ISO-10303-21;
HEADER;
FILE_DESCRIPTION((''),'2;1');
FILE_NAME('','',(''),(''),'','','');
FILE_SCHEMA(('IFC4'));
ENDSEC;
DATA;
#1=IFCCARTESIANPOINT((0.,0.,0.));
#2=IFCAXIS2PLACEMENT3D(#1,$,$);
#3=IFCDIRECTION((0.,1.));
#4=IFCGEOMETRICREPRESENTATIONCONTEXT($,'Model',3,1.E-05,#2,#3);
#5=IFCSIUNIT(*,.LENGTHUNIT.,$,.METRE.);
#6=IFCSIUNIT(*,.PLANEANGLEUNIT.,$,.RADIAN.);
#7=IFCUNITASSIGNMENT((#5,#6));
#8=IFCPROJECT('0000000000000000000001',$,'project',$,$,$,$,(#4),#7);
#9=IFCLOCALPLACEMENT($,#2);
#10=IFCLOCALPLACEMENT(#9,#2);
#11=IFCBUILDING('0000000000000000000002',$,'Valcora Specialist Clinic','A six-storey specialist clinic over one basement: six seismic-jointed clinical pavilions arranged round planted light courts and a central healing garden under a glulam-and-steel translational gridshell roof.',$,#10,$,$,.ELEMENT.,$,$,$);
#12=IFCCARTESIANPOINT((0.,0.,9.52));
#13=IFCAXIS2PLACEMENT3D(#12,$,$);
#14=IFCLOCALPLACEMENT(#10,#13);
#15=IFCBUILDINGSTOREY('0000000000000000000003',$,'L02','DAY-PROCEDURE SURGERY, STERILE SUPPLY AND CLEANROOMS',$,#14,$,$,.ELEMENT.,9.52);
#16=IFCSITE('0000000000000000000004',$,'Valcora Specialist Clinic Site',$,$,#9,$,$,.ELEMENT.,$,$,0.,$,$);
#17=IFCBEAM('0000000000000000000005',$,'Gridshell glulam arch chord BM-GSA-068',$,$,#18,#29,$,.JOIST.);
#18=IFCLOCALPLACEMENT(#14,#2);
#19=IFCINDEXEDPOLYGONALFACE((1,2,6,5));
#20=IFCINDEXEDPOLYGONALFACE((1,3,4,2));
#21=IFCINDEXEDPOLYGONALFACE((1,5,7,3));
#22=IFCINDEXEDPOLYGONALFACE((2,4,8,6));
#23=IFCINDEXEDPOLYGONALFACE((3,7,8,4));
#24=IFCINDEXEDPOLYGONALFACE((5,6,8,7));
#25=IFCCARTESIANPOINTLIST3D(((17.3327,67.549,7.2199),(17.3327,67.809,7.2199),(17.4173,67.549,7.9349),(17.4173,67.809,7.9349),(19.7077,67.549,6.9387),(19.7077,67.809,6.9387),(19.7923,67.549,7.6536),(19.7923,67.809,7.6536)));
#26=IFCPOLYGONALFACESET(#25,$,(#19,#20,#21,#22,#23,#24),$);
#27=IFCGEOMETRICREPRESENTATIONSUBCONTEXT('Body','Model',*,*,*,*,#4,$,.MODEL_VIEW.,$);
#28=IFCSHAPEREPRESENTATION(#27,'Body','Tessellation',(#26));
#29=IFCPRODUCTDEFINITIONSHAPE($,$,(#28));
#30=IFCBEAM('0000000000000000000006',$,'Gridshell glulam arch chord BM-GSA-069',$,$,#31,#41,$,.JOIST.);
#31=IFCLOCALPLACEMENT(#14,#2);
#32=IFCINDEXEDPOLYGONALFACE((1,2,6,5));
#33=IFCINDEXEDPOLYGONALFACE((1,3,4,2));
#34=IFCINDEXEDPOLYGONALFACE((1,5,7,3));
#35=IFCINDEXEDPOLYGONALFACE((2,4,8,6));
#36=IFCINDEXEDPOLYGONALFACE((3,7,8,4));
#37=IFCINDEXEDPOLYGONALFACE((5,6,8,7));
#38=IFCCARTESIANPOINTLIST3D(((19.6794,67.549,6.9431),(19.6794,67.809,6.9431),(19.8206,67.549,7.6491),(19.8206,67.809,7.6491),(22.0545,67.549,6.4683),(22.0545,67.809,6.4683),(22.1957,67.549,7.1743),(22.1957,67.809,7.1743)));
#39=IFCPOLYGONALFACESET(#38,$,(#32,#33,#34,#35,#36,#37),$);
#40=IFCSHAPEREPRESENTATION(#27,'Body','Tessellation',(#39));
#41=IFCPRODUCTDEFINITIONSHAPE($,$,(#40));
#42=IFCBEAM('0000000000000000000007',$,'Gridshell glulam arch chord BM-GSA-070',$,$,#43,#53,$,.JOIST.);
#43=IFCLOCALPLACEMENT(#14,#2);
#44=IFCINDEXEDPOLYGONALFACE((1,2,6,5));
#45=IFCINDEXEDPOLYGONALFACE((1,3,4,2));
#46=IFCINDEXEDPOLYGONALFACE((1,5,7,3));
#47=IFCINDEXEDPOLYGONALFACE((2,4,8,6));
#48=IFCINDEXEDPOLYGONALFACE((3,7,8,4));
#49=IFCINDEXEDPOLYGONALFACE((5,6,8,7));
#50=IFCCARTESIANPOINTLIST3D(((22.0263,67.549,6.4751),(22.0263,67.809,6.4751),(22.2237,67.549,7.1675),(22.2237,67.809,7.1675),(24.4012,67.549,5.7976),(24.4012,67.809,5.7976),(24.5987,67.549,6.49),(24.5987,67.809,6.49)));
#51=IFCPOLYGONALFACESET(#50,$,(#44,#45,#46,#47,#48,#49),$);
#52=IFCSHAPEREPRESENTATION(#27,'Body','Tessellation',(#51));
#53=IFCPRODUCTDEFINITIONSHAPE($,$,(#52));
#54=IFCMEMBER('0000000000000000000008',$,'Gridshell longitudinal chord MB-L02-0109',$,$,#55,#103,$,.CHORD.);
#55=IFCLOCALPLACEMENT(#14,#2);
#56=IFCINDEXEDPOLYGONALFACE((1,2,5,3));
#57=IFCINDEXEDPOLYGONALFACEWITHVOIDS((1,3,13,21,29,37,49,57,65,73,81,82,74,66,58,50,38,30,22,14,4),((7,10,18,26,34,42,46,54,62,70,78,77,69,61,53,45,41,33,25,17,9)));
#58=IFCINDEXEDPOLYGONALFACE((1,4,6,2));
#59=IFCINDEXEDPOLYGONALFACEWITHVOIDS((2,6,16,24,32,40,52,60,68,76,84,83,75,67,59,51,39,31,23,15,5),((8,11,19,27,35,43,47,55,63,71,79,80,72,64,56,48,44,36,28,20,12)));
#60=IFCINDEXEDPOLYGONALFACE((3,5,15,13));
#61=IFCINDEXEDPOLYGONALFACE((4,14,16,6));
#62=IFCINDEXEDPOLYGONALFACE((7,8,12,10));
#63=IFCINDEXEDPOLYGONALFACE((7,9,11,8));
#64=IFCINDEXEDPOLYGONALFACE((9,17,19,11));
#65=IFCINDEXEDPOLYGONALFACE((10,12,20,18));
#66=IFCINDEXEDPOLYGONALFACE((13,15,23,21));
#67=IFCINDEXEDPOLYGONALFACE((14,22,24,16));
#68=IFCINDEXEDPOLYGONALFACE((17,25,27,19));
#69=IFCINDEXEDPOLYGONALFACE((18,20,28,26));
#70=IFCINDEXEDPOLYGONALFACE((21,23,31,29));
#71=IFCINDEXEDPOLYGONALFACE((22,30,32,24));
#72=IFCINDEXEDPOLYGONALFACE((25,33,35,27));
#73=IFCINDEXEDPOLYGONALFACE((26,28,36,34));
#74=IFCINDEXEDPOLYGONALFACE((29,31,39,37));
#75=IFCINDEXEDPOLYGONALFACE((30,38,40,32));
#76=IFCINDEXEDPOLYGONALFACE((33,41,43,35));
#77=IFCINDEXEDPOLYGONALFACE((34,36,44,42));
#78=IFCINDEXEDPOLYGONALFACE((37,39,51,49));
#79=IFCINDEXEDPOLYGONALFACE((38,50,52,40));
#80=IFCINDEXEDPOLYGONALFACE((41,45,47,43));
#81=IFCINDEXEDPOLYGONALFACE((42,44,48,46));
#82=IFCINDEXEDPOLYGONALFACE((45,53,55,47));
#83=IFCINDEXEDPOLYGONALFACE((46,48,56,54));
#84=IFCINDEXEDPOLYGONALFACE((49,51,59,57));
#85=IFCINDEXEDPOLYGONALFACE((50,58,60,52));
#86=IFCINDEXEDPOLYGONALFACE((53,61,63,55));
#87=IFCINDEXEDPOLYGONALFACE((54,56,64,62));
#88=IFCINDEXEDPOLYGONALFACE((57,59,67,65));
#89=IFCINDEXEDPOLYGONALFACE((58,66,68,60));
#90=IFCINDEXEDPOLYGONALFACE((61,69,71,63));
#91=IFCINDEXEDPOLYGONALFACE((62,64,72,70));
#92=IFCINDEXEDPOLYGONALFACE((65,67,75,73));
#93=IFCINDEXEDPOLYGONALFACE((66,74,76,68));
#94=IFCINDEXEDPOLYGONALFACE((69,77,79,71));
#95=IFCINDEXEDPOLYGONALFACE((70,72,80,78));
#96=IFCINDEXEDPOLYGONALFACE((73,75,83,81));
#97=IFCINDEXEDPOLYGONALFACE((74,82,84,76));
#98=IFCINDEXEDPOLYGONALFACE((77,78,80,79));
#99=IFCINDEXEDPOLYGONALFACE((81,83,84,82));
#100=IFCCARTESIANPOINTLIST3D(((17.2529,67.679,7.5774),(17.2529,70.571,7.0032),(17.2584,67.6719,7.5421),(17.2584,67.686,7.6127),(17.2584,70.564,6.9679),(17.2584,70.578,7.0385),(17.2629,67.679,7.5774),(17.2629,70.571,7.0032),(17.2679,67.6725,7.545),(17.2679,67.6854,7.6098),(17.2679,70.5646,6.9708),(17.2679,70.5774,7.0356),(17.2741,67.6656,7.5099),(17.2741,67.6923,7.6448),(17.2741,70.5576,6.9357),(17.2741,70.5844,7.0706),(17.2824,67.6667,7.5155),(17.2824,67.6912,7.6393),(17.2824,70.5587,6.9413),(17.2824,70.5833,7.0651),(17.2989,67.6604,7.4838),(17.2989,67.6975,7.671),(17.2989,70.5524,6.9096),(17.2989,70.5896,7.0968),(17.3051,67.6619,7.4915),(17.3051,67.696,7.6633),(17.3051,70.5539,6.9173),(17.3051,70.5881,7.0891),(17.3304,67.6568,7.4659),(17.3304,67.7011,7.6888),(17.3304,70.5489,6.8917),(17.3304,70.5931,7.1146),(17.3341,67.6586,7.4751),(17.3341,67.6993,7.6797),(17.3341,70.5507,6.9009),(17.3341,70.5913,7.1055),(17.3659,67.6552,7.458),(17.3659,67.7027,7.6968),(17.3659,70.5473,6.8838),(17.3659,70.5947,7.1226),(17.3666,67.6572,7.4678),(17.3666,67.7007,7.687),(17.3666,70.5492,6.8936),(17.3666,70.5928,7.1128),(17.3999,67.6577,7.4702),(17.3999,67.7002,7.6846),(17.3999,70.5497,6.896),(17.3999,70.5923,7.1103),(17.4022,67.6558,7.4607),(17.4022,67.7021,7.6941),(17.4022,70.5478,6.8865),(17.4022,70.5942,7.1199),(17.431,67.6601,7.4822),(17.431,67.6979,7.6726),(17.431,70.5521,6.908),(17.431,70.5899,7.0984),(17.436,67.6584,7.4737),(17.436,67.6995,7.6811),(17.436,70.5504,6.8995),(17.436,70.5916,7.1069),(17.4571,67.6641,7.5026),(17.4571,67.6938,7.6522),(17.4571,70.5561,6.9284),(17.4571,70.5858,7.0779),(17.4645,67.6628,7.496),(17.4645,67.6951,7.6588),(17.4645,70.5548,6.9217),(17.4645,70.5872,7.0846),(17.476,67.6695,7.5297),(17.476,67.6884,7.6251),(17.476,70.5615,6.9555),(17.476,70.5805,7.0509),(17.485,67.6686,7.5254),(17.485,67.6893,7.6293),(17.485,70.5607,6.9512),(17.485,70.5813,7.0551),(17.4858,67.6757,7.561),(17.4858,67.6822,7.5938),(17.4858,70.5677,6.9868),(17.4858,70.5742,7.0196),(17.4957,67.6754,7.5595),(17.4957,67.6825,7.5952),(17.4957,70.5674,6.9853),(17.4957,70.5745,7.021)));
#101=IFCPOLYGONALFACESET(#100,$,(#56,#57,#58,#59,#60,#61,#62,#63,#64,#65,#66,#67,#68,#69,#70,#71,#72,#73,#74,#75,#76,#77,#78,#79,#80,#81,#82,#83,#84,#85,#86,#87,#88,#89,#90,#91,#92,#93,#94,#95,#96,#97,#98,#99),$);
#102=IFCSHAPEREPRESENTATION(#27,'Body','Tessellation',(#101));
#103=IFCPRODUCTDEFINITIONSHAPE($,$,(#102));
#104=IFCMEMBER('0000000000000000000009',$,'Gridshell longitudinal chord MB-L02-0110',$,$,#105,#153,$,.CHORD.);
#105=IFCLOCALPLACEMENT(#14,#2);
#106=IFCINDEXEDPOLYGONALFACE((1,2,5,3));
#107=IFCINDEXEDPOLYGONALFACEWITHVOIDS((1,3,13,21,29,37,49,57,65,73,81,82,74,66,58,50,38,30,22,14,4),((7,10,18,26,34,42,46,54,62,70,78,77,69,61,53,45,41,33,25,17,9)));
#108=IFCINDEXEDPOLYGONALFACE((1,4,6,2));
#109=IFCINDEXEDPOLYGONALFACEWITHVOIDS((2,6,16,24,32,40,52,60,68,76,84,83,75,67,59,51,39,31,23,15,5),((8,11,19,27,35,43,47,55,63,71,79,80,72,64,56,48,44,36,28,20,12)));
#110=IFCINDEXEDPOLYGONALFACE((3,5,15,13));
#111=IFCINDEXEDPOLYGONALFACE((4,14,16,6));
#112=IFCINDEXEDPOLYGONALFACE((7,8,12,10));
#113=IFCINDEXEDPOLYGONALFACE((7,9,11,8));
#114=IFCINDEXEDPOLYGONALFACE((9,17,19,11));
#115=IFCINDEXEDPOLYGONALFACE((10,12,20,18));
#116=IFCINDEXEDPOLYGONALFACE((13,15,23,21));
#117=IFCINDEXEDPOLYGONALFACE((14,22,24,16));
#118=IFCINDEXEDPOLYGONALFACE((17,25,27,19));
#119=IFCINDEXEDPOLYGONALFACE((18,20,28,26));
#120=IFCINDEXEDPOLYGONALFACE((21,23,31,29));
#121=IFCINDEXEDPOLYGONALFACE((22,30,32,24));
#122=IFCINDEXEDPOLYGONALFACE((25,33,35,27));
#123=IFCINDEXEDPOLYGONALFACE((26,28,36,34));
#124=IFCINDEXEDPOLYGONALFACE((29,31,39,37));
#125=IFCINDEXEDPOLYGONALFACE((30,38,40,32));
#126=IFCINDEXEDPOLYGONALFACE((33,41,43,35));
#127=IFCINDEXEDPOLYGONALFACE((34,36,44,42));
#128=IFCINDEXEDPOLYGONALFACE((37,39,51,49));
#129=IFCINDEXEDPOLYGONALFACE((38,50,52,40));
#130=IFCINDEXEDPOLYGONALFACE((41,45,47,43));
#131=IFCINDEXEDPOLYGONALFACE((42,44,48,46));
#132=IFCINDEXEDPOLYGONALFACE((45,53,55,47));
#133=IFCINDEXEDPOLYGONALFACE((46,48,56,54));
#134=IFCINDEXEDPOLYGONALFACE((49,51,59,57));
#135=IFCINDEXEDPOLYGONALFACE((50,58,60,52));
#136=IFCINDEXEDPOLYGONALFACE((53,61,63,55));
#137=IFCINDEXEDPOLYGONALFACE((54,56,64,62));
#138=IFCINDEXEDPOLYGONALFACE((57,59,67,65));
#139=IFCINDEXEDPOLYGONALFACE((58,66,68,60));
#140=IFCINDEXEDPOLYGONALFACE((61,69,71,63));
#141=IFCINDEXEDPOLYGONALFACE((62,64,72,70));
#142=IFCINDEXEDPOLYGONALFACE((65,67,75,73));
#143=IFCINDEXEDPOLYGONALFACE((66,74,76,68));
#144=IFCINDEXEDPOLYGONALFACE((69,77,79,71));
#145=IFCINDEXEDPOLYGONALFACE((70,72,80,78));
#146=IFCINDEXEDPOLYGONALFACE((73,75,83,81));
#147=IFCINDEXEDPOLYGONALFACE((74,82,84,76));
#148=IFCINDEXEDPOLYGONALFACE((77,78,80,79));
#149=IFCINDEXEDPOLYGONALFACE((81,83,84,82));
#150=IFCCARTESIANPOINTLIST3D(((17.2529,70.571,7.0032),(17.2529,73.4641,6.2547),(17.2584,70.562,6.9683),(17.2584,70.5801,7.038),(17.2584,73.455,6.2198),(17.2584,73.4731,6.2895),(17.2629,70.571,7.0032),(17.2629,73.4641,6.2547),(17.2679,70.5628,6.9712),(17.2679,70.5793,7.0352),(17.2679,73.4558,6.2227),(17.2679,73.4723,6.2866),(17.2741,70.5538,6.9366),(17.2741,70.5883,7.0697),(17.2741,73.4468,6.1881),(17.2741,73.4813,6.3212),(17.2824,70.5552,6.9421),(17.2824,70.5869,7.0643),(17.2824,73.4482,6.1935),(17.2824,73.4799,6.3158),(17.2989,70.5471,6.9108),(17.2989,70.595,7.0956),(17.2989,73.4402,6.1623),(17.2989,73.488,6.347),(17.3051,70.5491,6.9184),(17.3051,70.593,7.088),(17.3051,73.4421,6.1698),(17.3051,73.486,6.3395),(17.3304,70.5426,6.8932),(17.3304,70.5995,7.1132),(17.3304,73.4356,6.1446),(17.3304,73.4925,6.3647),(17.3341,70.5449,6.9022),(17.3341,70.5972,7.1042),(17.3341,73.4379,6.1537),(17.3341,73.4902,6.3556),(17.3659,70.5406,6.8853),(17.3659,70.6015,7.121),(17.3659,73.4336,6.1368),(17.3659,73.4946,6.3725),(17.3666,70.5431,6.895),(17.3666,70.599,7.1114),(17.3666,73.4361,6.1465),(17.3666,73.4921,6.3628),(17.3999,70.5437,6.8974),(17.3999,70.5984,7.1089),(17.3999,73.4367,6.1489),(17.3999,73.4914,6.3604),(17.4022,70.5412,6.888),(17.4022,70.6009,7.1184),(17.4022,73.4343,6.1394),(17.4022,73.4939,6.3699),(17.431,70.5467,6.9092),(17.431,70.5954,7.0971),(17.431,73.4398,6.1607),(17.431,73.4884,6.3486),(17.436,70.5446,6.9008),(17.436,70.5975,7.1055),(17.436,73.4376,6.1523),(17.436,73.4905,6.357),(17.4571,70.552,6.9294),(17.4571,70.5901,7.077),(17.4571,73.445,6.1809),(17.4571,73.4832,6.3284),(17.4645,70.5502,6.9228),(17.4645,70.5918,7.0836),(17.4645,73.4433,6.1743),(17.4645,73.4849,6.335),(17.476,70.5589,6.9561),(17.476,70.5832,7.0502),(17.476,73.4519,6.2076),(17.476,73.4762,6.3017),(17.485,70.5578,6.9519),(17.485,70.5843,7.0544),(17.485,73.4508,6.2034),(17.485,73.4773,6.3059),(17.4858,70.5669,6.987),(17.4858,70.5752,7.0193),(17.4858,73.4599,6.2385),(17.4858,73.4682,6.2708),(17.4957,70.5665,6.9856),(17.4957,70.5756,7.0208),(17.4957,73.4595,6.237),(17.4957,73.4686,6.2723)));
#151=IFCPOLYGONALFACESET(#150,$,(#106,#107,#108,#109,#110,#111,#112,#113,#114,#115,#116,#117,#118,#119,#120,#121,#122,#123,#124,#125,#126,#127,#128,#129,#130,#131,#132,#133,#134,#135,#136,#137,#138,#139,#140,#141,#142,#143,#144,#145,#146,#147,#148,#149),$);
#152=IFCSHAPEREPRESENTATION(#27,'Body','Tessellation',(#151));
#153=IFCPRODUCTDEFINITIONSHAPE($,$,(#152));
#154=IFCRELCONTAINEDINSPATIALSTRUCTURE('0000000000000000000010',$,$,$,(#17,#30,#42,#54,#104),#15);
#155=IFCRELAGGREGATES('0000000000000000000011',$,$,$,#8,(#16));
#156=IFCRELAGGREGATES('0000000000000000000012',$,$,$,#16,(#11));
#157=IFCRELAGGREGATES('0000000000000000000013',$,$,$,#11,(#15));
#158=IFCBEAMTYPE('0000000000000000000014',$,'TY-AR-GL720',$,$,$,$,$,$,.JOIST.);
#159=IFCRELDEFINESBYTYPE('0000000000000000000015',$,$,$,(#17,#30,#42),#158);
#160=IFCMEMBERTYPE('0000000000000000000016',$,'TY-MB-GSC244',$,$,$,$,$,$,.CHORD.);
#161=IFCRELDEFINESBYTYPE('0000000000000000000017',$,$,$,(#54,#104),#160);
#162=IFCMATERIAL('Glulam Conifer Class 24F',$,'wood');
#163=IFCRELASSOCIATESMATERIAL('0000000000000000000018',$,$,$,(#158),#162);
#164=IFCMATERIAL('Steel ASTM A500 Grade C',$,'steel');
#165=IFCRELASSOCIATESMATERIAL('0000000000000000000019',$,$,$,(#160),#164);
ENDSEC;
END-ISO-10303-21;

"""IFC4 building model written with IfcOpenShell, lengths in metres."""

from ifc_helpers import new_model, si_unit, direction, frame, origin, origin_2d, place, context, subcontext, project, spatial, rectangle, hollow_circle, extrude, material, material_profile, profile_set, type_object, element, save


model = new_model("IFC4")

# Units and contexts
model_context = context("Model", 3, precision=1e-05, world=origin(), true_north=direction((0.0, 1.0)))
body_context = subcontext(model_context, "Body", "Model", "MODEL_VIEW")
ifc_project = project(units=[si_unit("LENGTHUNIT", "METRE"), si_unit("PLANEANGLEUNIT", "RADIAN")], contexts=[model_context])

# Site, building, storey
site_placement = place(None, origin())
site = spatial("IfcSite", under=ifc_project, at=site_placement, Name="Valcora Specialist Clinic Site", CompositionType="ELEMENT", RefElevation=0.0)
building_placement = place(site_placement, origin())
building = spatial("IfcBuilding", under=site, at=building_placement, Name="Valcora Specialist Clinic", Description="A six-storey specialist clinic over one basement: six seismic-jointed clinical pavilions arranged round planted light courts and a central healing garden under a glulam-and-steel translational gridshell roof.", CompositionType="ELEMENT")
storey_placement = place(building_placement, frame((0.0, 0.0, 9.52)))
storey = spatial("IfcBuildingStorey", under=building, at=storey_placement, Name="L02", Description="DAY-PROCEDURE SURGERY, STERILE SUPPLY AND CLEANROOMS", CompositionType="ELEMENT", Elevation=9.52)

# Beams
ifc_material_1 = material(Name="Glulam Conifer Class 24F", Category="wood")
ifc_material_profile_1 = material_profile(ifc_material_1, rectangle(XDim=0.26, YDim=0.72, at=origin_2d()), Name="GL-ARC-260X720")
ifc_profile_set_1 = profile_set([ifc_material_profile_1], Name="Glulam Conifer Class 24F")
beam_type = type_object("IfcBeamType", Name="TY-AR-GL720", PredefinedType="JOIST", material=ifc_profile_set_1)
beam_1_placement = place(storey_placement, frame((17.375, 67.679, 7.5774), z_axis=(0.993061, 0.0, -0.117599), x_axis=(0.0, 1.0, 0.0)))
element("IfcBeam", 1, at=beam_1_placement, inside=storey, type_object=beam_type, Name="Gridshell glulam arch chord BM-GSA-068", PredefinedType="JOIST", context=body_context, shape_type="SweptSolid", body=[
    extrude(rectangle(XDim=0.26, YDim=0.72, at=origin_2d()), origin(), (0.0, 0.0, 1.0), 2.3916),
])
beam_2_placement = place(storey_placement, frame((19.75, 67.679, 7.2961), z_axis=(0.980592, 0.0, -0.196058), x_axis=(0.0, 1.0, 0.0)))
element("IfcBeam", 2, at=beam_2_placement, inside=storey, type_object=beam_type, Name="Gridshell glulam arch chord BM-GSA-069", PredefinedType="JOIST", context=body_context, shape_type="SweptSolid", body=[
    extrude(rectangle(XDim=0.26, YDim=0.72, at=origin_2d()), origin(), (0.0, 0.0, 1.0), 2.4221),
])
beam_3_placement = place(storey_placement, frame((22.125, 67.679, 6.8213), z_axis=(0.96164, 0.0, -0.274316), x_axis=(0.0, 1.0, 0.0)))
element("IfcBeam", 3, at=beam_3_placement, inside=storey, type_object=beam_type, Name="Gridshell glulam arch chord BM-GSA-070", PredefinedType="JOIST", context=body_context, shape_type="SweptSolid", body=[
    extrude(rectangle(XDim=0.26, YDim=0.72, at=origin_2d()), origin(), (0.0, 0.0, 1.0), 2.4697),
])

# Members
ifc_material_2 = material(Name="Steel ASTM A500 Grade C", Category="steel")
ifc_material_profile_2 = material_profile(ifc_material_2, hollow_circle(Radius=0.1221, WallThickness=0.01, at=origin_2d()), Name="ST-CHS-244X10")
ifc_profile_set_2 = profile_set([ifc_material_profile_2], Name="Steel ASTM A500 Grade C")
member_type_1 = type_object("IfcMemberType", Name="TY-MB-GSC244", PredefinedType="CHORD", material=ifc_profile_set_2)
member_1_placement = place(storey_placement, frame((17.375, 67.679, 7.5774), z_axis=(0.0, 0.980854, -0.194747), x_axis=(-1.0, 0.0, 0.0)))
element("IfcMember", 4, at=member_1_placement, inside=storey, type_object=member_type_1, Name="Gridshell longitudinal chord MB-L02-0109", PredefinedType="CHORD", context=body_context, shape_type="SweptSolid", body=[
    extrude(hollow_circle(Radius=0.1221, WallThickness=0.01, at=origin_2d()), origin(), (0.0, 0.0, 1.0), 2.9485),
])
member_2_placement = place(storey_placement, frame((17.375, 70.571, 7.0032), z_axis=(0.0, 0.96812, -0.250486), x_axis=(-1.0, 0.0, 0.0)))
element("IfcMember", 5, at=member_2_placement, inside=storey, type_object=member_type_1, Name="Gridshell longitudinal chord MB-L02-0110", PredefinedType="CHORD", context=body_context, shape_type="SweptSolid", body=[
    extrude(hollow_circle(Radius=0.1221, WallThickness=0.01, at=origin_2d()), origin(), (0.0, 0.0, 1.0), 2.9883),
])

save(model, "model.ifc")
